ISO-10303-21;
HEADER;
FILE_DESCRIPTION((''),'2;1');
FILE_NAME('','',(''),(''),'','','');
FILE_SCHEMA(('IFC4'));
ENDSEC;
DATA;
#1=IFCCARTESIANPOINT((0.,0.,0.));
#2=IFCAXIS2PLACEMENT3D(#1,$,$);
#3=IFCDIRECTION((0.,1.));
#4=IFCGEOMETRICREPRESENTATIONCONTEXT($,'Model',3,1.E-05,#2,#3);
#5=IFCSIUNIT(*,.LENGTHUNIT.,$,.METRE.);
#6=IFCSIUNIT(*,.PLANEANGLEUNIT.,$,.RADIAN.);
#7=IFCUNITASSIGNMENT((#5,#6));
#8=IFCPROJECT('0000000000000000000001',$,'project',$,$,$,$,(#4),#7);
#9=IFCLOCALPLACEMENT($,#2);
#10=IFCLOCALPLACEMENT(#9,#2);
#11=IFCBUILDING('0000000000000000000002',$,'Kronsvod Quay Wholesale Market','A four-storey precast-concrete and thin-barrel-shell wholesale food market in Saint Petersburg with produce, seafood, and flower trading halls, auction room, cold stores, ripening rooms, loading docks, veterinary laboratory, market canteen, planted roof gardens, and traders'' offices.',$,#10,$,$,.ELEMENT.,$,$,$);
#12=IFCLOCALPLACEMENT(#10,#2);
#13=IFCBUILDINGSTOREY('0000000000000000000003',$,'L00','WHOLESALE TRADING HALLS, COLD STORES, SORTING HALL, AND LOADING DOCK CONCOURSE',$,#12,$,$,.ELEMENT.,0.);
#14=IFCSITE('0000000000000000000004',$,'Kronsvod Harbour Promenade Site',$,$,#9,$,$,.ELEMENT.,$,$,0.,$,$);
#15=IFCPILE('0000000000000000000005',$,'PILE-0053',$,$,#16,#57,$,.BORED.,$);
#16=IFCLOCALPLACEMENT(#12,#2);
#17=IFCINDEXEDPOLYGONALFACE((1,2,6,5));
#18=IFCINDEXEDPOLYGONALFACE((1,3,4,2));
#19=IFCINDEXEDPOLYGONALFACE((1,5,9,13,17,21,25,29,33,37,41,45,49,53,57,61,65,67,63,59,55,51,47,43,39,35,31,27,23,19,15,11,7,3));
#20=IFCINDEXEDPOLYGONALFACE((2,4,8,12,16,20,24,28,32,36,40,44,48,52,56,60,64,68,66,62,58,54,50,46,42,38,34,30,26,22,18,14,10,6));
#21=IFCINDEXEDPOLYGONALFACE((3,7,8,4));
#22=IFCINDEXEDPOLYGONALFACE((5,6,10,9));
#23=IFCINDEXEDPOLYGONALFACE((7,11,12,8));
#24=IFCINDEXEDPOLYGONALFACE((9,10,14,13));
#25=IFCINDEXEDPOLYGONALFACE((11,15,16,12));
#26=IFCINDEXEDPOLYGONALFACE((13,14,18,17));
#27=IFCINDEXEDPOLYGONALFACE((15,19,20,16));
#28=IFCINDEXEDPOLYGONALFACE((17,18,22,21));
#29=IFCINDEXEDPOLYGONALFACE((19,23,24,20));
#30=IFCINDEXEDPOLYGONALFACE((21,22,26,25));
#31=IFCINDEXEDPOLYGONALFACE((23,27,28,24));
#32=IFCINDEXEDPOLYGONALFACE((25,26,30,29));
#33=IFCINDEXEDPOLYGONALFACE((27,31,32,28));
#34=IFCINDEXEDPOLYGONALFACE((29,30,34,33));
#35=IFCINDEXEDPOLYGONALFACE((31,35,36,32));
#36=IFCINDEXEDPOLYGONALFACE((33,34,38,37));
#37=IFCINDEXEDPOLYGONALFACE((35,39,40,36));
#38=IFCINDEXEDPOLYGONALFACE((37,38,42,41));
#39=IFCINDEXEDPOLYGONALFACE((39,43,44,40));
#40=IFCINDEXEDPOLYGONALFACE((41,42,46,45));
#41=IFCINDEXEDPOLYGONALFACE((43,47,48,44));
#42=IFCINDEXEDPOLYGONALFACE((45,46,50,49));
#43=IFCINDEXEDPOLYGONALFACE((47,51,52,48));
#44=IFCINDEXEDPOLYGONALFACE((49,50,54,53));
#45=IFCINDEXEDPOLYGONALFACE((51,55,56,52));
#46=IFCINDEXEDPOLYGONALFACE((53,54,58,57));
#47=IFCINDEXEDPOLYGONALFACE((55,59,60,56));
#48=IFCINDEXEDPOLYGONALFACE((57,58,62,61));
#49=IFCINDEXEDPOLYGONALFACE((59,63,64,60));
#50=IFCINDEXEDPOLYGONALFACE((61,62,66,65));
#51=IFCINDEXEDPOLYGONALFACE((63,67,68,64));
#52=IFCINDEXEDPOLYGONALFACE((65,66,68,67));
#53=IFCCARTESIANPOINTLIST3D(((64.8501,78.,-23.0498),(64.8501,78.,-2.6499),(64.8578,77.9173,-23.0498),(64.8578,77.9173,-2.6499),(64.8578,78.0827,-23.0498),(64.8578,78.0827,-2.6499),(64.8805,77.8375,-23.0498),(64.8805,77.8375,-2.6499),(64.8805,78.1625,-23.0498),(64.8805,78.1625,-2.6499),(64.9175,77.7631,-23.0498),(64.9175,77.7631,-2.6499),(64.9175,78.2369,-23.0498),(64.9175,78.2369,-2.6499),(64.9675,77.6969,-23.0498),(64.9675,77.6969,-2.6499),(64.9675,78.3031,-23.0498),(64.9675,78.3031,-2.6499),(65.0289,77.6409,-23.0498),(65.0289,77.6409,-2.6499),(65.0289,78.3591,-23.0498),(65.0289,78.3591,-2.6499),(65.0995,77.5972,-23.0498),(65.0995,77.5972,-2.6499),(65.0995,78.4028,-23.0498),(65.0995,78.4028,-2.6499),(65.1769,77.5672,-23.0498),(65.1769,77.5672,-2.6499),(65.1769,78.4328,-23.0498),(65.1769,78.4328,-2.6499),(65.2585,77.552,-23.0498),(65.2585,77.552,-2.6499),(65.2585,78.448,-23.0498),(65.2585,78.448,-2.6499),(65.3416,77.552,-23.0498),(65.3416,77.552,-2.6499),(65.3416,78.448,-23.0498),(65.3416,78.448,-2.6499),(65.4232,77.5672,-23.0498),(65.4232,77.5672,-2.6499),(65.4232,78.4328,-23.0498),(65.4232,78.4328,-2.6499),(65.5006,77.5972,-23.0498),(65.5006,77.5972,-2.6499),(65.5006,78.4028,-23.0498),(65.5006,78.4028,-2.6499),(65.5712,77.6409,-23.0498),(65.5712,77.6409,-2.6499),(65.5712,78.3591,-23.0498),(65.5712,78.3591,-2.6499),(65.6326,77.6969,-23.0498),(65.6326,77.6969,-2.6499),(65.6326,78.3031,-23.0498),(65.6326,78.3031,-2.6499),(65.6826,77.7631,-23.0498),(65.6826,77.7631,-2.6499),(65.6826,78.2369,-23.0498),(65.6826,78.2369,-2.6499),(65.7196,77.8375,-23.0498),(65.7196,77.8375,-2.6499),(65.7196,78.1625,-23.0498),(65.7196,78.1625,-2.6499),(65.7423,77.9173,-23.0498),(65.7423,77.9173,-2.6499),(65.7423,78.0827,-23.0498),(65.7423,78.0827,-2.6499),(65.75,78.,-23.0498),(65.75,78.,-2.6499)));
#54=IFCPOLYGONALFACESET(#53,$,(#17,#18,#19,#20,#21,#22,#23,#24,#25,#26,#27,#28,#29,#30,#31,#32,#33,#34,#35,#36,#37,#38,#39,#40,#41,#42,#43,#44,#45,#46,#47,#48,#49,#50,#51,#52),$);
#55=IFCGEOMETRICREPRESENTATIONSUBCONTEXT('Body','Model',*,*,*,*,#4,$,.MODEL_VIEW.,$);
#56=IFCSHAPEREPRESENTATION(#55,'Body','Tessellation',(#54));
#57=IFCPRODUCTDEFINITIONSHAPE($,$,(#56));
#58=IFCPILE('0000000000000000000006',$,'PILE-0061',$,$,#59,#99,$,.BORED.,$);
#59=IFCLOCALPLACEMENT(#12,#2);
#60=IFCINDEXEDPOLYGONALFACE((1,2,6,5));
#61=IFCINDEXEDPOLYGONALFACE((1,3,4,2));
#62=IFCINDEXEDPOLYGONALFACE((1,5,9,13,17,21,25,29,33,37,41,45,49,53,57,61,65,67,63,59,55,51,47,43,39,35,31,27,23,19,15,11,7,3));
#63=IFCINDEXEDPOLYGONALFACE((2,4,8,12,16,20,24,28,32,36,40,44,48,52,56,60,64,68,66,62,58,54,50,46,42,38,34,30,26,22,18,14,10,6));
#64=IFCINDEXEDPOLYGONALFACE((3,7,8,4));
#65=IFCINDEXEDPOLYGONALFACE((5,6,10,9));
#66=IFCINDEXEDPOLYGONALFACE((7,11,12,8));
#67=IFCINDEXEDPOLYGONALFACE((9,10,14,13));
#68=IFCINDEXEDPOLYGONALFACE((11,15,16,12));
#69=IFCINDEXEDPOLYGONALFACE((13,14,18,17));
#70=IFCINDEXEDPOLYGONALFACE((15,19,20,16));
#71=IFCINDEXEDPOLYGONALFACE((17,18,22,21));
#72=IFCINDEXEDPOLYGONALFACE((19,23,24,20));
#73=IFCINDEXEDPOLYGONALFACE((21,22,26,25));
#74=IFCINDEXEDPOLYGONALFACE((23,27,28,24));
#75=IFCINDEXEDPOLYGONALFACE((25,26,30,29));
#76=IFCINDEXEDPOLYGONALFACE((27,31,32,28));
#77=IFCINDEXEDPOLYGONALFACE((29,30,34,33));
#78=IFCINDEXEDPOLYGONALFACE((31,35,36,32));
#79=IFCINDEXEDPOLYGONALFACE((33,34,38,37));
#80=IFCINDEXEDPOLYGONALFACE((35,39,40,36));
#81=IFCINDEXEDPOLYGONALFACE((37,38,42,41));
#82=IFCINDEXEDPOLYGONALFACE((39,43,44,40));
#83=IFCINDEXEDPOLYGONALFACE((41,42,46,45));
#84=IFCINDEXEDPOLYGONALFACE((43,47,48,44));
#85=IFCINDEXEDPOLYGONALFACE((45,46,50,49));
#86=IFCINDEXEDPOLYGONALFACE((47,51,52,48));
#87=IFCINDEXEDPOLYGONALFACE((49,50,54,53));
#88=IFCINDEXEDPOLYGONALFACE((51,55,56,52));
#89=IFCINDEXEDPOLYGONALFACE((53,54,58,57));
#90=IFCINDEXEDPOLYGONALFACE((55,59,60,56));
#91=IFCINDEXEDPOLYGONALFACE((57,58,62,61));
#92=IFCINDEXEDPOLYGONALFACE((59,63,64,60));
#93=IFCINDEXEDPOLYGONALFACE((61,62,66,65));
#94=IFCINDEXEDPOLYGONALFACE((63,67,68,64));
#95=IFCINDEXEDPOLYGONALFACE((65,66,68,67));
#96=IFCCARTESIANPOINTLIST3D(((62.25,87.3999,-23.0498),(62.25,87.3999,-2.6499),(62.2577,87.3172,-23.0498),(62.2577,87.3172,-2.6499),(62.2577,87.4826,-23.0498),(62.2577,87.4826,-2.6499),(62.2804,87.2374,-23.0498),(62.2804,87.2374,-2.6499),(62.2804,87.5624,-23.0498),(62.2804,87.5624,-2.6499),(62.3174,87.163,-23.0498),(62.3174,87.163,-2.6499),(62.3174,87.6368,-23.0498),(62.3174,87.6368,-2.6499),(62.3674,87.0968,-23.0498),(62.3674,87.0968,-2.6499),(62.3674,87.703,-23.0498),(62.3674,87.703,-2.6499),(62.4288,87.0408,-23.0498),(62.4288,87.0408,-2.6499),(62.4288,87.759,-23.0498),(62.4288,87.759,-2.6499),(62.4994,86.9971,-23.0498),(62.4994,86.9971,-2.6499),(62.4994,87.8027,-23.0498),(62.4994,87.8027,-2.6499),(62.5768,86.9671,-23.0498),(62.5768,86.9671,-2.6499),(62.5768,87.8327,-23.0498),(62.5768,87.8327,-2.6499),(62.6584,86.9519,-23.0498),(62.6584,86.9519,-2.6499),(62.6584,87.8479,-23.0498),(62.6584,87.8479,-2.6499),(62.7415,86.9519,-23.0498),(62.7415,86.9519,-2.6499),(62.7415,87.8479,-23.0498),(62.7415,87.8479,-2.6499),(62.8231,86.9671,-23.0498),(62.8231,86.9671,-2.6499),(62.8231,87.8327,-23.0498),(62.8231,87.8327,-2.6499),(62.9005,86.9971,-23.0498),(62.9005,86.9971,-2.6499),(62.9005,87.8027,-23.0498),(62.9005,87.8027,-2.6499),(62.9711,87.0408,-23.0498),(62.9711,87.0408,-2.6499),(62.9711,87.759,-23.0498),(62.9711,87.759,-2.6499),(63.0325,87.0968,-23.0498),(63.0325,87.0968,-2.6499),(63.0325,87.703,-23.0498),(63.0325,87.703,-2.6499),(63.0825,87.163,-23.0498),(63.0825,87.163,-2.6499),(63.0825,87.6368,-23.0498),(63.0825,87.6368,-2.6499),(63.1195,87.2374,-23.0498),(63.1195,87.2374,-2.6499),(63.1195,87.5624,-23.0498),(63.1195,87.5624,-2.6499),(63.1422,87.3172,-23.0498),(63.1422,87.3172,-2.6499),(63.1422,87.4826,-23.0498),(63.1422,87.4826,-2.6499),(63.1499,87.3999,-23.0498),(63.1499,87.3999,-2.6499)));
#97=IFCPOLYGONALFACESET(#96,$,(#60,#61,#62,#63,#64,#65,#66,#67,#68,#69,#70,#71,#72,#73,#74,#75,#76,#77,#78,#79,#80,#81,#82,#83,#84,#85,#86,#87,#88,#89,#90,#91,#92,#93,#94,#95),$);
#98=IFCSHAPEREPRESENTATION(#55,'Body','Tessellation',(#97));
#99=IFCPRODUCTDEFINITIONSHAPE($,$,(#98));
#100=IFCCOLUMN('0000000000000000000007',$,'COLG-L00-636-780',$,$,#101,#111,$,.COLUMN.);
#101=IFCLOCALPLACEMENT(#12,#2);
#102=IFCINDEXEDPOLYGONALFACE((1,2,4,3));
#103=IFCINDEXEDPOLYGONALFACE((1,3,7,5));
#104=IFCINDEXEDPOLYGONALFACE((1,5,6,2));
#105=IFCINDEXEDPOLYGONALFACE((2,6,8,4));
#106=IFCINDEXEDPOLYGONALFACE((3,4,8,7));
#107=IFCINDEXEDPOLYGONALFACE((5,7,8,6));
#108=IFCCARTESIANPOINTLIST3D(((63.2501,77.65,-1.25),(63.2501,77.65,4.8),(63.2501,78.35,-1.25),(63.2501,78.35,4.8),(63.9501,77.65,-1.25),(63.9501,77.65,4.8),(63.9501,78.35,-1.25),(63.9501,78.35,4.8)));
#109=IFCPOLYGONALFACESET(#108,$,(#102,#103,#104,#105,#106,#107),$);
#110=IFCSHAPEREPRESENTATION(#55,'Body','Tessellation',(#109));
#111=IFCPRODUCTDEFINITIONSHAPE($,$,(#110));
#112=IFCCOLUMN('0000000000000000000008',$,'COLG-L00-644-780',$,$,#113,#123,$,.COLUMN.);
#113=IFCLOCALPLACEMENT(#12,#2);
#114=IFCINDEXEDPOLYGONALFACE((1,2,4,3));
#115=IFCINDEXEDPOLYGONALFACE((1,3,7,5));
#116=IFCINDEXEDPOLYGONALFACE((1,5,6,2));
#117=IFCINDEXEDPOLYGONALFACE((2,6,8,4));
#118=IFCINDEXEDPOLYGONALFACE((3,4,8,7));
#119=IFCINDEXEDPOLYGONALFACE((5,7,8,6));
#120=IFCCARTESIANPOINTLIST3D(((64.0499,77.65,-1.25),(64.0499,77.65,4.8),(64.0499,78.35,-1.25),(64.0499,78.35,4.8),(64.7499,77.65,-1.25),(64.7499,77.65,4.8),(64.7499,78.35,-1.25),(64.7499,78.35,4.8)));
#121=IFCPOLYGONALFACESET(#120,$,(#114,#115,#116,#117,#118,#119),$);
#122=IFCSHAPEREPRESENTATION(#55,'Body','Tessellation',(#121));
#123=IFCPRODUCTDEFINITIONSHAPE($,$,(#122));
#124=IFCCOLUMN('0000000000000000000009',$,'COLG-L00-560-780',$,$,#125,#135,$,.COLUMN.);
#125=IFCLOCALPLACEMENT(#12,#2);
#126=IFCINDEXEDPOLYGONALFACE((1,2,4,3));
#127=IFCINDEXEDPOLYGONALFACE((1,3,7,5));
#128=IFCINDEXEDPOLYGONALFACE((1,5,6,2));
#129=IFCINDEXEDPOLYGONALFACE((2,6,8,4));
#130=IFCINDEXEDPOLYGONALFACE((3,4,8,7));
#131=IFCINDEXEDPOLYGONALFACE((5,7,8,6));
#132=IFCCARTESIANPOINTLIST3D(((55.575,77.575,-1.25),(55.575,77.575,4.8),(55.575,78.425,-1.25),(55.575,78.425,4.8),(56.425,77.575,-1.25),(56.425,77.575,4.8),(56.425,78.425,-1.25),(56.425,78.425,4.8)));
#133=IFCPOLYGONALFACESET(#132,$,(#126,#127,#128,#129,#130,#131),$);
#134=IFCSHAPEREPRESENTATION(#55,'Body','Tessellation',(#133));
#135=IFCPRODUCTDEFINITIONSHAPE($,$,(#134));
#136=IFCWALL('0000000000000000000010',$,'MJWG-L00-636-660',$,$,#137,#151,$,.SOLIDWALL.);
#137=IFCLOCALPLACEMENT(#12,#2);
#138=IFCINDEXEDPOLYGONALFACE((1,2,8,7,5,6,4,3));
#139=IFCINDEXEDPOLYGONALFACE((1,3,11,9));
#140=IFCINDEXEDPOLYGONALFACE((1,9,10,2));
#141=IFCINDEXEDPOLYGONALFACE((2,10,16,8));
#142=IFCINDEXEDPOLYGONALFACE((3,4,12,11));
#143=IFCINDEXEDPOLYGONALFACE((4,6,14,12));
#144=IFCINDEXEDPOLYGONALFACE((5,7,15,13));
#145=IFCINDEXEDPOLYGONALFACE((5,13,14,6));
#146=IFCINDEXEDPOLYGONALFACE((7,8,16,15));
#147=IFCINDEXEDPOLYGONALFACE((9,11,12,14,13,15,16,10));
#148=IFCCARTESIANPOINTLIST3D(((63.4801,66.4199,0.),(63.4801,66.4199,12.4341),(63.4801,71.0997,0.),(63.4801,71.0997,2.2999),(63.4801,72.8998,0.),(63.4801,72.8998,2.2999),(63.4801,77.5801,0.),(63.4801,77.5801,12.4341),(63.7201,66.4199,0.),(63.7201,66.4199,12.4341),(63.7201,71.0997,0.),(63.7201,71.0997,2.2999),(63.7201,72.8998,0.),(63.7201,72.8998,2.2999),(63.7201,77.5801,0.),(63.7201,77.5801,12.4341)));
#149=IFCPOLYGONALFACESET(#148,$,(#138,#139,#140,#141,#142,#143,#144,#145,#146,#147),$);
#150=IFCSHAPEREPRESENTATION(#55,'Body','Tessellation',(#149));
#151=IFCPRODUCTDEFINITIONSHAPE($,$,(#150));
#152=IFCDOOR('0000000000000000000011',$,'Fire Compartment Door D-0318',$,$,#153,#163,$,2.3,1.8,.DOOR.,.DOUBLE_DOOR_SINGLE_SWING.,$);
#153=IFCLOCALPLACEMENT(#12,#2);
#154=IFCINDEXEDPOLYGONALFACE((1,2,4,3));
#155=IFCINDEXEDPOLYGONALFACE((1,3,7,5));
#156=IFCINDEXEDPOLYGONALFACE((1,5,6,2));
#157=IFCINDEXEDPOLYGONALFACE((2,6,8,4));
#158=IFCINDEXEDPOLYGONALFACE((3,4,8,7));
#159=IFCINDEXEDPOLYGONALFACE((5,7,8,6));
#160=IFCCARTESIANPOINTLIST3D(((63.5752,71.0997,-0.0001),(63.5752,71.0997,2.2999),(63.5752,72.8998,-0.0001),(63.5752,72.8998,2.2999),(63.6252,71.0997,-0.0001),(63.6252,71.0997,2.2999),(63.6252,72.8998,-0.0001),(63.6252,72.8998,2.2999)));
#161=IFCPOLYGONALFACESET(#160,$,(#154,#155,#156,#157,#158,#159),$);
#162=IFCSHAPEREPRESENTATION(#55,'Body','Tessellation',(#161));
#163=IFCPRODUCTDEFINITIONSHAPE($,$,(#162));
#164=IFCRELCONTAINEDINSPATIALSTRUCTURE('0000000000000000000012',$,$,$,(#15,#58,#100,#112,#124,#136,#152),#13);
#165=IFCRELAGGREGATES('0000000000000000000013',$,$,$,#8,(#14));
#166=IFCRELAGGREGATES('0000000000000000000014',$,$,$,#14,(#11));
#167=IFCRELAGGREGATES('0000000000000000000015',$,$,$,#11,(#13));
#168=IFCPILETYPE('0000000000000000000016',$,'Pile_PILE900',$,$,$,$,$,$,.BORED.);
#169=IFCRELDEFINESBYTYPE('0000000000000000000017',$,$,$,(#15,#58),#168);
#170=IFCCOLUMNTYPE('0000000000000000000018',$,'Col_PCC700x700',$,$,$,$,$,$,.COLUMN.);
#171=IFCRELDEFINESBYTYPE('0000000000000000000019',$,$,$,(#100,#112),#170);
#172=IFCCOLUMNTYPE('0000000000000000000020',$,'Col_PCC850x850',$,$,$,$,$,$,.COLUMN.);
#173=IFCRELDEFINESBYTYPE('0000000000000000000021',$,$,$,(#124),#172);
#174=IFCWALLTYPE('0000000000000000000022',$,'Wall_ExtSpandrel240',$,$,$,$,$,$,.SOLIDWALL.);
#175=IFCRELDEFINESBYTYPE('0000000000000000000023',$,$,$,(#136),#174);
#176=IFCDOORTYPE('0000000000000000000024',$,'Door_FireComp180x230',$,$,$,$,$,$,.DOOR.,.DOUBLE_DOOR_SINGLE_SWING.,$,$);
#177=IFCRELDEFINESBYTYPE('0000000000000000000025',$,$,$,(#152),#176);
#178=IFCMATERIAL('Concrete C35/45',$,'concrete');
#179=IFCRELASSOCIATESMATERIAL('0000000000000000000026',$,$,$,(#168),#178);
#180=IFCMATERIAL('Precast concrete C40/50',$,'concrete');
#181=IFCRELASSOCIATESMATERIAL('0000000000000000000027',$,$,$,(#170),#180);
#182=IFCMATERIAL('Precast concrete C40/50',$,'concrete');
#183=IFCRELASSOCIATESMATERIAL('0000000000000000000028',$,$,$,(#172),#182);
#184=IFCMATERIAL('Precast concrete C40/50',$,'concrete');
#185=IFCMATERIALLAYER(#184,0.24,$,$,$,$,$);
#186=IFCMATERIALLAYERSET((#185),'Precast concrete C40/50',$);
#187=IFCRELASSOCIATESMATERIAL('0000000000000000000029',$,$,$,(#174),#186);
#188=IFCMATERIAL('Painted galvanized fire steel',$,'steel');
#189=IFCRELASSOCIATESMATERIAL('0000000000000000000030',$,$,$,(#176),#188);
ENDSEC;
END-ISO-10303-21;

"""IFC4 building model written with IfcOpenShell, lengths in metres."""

from ifc_helpers import new_model, si_unit, direction, frame, frame_2d, origin, origin_2d, place, context, subcontext, project, spatial, rectangle, circle, extrude, material, layer, layer_set, material_profile, profile_set, type_object, element, fill, save


model = new_model("IFC4")

# Units and contexts
model_context = context("Model", 3, precision=1e-05, world=origin(), true_north=direction((0.0, 1.0)))
body_context = subcontext(model_context, "Body", "Model", "MODEL_VIEW")
ifc_project = project(units=[si_unit("LENGTHUNIT", "METRE"), si_unit("PLANEANGLEUNIT", "RADIAN")], contexts=[model_context])

# Site, building, storey
site_placement = place(None, origin())
site = spatial("IfcSite", under=ifc_project, at=site_placement, Name="Kronsvod Harbour Promenade Site", CompositionType="ELEMENT", RefElevation=0.0)
building_placement = place(site_placement, origin())
building = spatial("IfcBuilding", under=site, at=building_placement, Name="Kronsvod Quay Wholesale Market", Description="A four-storey precast-concrete and thin-barrel-shell wholesale food market in Saint Petersburg with produce, seafood, and flower trading halls, auction room, cold stores, ripening rooms, loading docks, veterinary laboratory, market canteen, planted roof gardens, and traders' offices.", CompositionType="ELEMENT")
storey_placement = place(building_placement, origin())
storey = spatial("IfcBuildingStorey", under=building, at=storey_placement, Name="L00", Description="WHOLESALE TRADING HALLS, COLD STORES, SORTING HALL, AND LOADING DOCK CONCOURSE", CompositionType="ELEMENT", Elevation=0.0)

# Piles
ifc_material_1 = material(Name="Concrete C35/45", Category="concrete")
ifc_material_profile_1 = material_profile(ifc_material_1, circle(Radius=0.45, at=origin_2d()), Name="PILE900")
ifc_profile_set_1 = profile_set([ifc_material_profile_1], Name="Concrete C35/45")
pile_type_1 = type_object("IfcPileType", Name="Pile_PILE900", PredefinedType="BORED", material=ifc_profile_set_1)
for number, where, z_axis, x_axis, name in (
    (1, (65.3, 78.0, -2.6499), (0.0, 0.0, -1.0), (1.0, 0.0, 0.0), "PILE-0053"),
    (2, (62.7, 87.3999, -2.6499), (0.0, 0.0, -1.0), (1.0, 0.0, 0.0), "PILE-0061"),
):
    element("IfcPile", number, at=place(storey_placement, frame(where, z_axis=z_axis, x_axis=x_axis)), inside=storey, type_object=pile_type_1, Name=name, PredefinedType="BORED", context=body_context, shape_type="SweptSolid", body=[
        extrude(circle(Radius=0.45, at=origin_2d()), origin(), (0.0, 0.0, 1.0), 20.3999),
    ])

# Columns
ifc_material_2 = material(Name="Precast concrete C40/50", Category="concrete")
ifc_material_profile_2 = material_profile(ifc_material_2, rectangle(XDim=0.7, YDim=0.7, at=origin_2d()), Name="PCC700x700")
ifc_profile_set_2 = profile_set([ifc_material_profile_2], Name="Precast concrete C40/50")
column_type_1 = type_object("IfcColumnType", Name="Col_PCC700x700", PredefinedType="COLUMN", material=ifc_profile_set_2)
for number, where, z_axis, x_axis, name in (
    (3, (63.6001, 78.0, -1.25), (0.0, 0.0, 1.0), (1.0, 0.0, 0.0), "COLG-L00-636-780"),
    (4, (64.3999, 78.0, -1.25), (0.0, 0.0, 1.0), (1.0, 0.0, 0.0), "COLG-L00-644-780"),
):
    element("IfcColumn", number, at=place(storey_placement, frame(where, z_axis=z_axis, x_axis=x_axis)), inside=storey, type_object=column_type_1, Name=name, PredefinedType="COLUMN", context=body_context, shape_type="SweptSolid", body=[
        extrude(rectangle(XDim=0.7, YDim=0.7, at=origin_2d()), origin(), (0.0, 0.0, 1.0), 6.05),
    ])
ifc_material_3 = material(Name="Precast concrete C40/50", Category="concrete")
ifc_material_profile_3 = material_profile(ifc_material_3, rectangle(XDim=0.8501, YDim=0.8501, at=origin_2d()), Name="COL-06")
ifc_profile_set_3 = profile_set([ifc_material_profile_3], Name="Precast concrete C40/50")
column_type_2 = type_object("IfcColumnType", Name="Col_PCC850x850", PredefinedType="COLUMN", material=ifc_profile_set_3)
column_placement = place(storey_placement, frame((56.0, 78.0, -1.25), z_axis=(0.0, 0.0, 1.0), x_axis=(1.0, 0.0, 0.0)))
element("IfcColumn", 5, at=column_placement, inside=storey, type_object=column_type_2, Name="COLG-L00-560-780", PredefinedType="COLUMN", context=body_context, shape_type="SweptSolid", body=[
    extrude(rectangle(XDim=0.8501, YDim=0.8501, at=origin_2d()), origin(), (0.0, 0.0, 1.0), 6.05),
])

# Wall, opening, door
ifc_material_4 = material(Name="Precast concrete C40/50", Category="concrete")
ifc_layer = layer(ifc_material_4, 0.24)
ifc_layer_set = layer_set([ifc_layer], Name="Precast concrete C40/50")
wall_type = type_object("IfcWallType", Name="Wall_ExtSpandrel240", PredefinedType="SOLIDWALL", material=ifc_layer_set)
wall_1_placement = place(storey_placement, frame((63.6001, 66.4199, 0.0), z_axis=(0.0, 0.0, 1.0), x_axis=(0.0, 1.0, 0.0)))
wall_1 = element("IfcWall", 6, at=wall_1_placement, inside=storey, type_object=wall_type, Name="MJWG-L00-636-660", PredefinedType="SOLIDWALL", context=body_context, shape_type="SweptSolid", body=[
    extrude(rectangle(XDim=11.1602, YDim=0.24, at=frame_2d((5.5801, 0.0))), origin(), (0.0, 0.0, 1.0), 12.4341),
])
opening_1_placement = place(wall_1_placement, frame((4.6799, 0.0, 0.0)))
opening_1 = element("IfcOpeningElement", 7, at=opening_1_placement, cuts=wall_1, PredefinedType="OPENING", context=body_context, shape_type="SweptSolid", body=[
    extrude(rectangle(XDim=1.8, YDim=2.3, at=frame_2d((0.8999, 1.1499))), frame((0.0, 0.1299, 0.0), z_axis=(0.0, -1.0, 0.0), x_axis=(1.0, 0.0, 0.0)), (0.0, 0.0, 1.0), 0.26),
])
ifc_material_5 = material(Name="Painted galvanized fire steel", Category="steel")
door_type_1 = type_object("IfcDoorType", Name="Door_FireComp180x230", OperationType="DOUBLE_DOOR_SINGLE_SWING", PredefinedType="DOOR", material=ifc_material_5)
door_1_placement = place(opening_1_placement, origin())
door_1 = element("IfcDoor", 8, at=door_1_placement, inside=storey, type_object=door_type_1, Name="Fire Compartment Door D-0318", OperationType="DOUBLE_DOOR_SINGLE_SWING", OverallHeight=2.3, OverallWidth=1.8, PredefinedType="DOOR", context=body_context, shape_type="SweptSolid", body=[
    extrude(rectangle(XDim=1.8, YDim=2.3, at=frame_2d((0.8999, 1.1499))), frame((0.0, 0.0249, 0.0), z_axis=(0.0, -1.0, 0.0), x_axis=(1.0, 0.0, 0.0)), (0.0, 0.0, 1.0), 0.05),
])
fill(opening_1, door_1)

save(model, "model.ifc")
